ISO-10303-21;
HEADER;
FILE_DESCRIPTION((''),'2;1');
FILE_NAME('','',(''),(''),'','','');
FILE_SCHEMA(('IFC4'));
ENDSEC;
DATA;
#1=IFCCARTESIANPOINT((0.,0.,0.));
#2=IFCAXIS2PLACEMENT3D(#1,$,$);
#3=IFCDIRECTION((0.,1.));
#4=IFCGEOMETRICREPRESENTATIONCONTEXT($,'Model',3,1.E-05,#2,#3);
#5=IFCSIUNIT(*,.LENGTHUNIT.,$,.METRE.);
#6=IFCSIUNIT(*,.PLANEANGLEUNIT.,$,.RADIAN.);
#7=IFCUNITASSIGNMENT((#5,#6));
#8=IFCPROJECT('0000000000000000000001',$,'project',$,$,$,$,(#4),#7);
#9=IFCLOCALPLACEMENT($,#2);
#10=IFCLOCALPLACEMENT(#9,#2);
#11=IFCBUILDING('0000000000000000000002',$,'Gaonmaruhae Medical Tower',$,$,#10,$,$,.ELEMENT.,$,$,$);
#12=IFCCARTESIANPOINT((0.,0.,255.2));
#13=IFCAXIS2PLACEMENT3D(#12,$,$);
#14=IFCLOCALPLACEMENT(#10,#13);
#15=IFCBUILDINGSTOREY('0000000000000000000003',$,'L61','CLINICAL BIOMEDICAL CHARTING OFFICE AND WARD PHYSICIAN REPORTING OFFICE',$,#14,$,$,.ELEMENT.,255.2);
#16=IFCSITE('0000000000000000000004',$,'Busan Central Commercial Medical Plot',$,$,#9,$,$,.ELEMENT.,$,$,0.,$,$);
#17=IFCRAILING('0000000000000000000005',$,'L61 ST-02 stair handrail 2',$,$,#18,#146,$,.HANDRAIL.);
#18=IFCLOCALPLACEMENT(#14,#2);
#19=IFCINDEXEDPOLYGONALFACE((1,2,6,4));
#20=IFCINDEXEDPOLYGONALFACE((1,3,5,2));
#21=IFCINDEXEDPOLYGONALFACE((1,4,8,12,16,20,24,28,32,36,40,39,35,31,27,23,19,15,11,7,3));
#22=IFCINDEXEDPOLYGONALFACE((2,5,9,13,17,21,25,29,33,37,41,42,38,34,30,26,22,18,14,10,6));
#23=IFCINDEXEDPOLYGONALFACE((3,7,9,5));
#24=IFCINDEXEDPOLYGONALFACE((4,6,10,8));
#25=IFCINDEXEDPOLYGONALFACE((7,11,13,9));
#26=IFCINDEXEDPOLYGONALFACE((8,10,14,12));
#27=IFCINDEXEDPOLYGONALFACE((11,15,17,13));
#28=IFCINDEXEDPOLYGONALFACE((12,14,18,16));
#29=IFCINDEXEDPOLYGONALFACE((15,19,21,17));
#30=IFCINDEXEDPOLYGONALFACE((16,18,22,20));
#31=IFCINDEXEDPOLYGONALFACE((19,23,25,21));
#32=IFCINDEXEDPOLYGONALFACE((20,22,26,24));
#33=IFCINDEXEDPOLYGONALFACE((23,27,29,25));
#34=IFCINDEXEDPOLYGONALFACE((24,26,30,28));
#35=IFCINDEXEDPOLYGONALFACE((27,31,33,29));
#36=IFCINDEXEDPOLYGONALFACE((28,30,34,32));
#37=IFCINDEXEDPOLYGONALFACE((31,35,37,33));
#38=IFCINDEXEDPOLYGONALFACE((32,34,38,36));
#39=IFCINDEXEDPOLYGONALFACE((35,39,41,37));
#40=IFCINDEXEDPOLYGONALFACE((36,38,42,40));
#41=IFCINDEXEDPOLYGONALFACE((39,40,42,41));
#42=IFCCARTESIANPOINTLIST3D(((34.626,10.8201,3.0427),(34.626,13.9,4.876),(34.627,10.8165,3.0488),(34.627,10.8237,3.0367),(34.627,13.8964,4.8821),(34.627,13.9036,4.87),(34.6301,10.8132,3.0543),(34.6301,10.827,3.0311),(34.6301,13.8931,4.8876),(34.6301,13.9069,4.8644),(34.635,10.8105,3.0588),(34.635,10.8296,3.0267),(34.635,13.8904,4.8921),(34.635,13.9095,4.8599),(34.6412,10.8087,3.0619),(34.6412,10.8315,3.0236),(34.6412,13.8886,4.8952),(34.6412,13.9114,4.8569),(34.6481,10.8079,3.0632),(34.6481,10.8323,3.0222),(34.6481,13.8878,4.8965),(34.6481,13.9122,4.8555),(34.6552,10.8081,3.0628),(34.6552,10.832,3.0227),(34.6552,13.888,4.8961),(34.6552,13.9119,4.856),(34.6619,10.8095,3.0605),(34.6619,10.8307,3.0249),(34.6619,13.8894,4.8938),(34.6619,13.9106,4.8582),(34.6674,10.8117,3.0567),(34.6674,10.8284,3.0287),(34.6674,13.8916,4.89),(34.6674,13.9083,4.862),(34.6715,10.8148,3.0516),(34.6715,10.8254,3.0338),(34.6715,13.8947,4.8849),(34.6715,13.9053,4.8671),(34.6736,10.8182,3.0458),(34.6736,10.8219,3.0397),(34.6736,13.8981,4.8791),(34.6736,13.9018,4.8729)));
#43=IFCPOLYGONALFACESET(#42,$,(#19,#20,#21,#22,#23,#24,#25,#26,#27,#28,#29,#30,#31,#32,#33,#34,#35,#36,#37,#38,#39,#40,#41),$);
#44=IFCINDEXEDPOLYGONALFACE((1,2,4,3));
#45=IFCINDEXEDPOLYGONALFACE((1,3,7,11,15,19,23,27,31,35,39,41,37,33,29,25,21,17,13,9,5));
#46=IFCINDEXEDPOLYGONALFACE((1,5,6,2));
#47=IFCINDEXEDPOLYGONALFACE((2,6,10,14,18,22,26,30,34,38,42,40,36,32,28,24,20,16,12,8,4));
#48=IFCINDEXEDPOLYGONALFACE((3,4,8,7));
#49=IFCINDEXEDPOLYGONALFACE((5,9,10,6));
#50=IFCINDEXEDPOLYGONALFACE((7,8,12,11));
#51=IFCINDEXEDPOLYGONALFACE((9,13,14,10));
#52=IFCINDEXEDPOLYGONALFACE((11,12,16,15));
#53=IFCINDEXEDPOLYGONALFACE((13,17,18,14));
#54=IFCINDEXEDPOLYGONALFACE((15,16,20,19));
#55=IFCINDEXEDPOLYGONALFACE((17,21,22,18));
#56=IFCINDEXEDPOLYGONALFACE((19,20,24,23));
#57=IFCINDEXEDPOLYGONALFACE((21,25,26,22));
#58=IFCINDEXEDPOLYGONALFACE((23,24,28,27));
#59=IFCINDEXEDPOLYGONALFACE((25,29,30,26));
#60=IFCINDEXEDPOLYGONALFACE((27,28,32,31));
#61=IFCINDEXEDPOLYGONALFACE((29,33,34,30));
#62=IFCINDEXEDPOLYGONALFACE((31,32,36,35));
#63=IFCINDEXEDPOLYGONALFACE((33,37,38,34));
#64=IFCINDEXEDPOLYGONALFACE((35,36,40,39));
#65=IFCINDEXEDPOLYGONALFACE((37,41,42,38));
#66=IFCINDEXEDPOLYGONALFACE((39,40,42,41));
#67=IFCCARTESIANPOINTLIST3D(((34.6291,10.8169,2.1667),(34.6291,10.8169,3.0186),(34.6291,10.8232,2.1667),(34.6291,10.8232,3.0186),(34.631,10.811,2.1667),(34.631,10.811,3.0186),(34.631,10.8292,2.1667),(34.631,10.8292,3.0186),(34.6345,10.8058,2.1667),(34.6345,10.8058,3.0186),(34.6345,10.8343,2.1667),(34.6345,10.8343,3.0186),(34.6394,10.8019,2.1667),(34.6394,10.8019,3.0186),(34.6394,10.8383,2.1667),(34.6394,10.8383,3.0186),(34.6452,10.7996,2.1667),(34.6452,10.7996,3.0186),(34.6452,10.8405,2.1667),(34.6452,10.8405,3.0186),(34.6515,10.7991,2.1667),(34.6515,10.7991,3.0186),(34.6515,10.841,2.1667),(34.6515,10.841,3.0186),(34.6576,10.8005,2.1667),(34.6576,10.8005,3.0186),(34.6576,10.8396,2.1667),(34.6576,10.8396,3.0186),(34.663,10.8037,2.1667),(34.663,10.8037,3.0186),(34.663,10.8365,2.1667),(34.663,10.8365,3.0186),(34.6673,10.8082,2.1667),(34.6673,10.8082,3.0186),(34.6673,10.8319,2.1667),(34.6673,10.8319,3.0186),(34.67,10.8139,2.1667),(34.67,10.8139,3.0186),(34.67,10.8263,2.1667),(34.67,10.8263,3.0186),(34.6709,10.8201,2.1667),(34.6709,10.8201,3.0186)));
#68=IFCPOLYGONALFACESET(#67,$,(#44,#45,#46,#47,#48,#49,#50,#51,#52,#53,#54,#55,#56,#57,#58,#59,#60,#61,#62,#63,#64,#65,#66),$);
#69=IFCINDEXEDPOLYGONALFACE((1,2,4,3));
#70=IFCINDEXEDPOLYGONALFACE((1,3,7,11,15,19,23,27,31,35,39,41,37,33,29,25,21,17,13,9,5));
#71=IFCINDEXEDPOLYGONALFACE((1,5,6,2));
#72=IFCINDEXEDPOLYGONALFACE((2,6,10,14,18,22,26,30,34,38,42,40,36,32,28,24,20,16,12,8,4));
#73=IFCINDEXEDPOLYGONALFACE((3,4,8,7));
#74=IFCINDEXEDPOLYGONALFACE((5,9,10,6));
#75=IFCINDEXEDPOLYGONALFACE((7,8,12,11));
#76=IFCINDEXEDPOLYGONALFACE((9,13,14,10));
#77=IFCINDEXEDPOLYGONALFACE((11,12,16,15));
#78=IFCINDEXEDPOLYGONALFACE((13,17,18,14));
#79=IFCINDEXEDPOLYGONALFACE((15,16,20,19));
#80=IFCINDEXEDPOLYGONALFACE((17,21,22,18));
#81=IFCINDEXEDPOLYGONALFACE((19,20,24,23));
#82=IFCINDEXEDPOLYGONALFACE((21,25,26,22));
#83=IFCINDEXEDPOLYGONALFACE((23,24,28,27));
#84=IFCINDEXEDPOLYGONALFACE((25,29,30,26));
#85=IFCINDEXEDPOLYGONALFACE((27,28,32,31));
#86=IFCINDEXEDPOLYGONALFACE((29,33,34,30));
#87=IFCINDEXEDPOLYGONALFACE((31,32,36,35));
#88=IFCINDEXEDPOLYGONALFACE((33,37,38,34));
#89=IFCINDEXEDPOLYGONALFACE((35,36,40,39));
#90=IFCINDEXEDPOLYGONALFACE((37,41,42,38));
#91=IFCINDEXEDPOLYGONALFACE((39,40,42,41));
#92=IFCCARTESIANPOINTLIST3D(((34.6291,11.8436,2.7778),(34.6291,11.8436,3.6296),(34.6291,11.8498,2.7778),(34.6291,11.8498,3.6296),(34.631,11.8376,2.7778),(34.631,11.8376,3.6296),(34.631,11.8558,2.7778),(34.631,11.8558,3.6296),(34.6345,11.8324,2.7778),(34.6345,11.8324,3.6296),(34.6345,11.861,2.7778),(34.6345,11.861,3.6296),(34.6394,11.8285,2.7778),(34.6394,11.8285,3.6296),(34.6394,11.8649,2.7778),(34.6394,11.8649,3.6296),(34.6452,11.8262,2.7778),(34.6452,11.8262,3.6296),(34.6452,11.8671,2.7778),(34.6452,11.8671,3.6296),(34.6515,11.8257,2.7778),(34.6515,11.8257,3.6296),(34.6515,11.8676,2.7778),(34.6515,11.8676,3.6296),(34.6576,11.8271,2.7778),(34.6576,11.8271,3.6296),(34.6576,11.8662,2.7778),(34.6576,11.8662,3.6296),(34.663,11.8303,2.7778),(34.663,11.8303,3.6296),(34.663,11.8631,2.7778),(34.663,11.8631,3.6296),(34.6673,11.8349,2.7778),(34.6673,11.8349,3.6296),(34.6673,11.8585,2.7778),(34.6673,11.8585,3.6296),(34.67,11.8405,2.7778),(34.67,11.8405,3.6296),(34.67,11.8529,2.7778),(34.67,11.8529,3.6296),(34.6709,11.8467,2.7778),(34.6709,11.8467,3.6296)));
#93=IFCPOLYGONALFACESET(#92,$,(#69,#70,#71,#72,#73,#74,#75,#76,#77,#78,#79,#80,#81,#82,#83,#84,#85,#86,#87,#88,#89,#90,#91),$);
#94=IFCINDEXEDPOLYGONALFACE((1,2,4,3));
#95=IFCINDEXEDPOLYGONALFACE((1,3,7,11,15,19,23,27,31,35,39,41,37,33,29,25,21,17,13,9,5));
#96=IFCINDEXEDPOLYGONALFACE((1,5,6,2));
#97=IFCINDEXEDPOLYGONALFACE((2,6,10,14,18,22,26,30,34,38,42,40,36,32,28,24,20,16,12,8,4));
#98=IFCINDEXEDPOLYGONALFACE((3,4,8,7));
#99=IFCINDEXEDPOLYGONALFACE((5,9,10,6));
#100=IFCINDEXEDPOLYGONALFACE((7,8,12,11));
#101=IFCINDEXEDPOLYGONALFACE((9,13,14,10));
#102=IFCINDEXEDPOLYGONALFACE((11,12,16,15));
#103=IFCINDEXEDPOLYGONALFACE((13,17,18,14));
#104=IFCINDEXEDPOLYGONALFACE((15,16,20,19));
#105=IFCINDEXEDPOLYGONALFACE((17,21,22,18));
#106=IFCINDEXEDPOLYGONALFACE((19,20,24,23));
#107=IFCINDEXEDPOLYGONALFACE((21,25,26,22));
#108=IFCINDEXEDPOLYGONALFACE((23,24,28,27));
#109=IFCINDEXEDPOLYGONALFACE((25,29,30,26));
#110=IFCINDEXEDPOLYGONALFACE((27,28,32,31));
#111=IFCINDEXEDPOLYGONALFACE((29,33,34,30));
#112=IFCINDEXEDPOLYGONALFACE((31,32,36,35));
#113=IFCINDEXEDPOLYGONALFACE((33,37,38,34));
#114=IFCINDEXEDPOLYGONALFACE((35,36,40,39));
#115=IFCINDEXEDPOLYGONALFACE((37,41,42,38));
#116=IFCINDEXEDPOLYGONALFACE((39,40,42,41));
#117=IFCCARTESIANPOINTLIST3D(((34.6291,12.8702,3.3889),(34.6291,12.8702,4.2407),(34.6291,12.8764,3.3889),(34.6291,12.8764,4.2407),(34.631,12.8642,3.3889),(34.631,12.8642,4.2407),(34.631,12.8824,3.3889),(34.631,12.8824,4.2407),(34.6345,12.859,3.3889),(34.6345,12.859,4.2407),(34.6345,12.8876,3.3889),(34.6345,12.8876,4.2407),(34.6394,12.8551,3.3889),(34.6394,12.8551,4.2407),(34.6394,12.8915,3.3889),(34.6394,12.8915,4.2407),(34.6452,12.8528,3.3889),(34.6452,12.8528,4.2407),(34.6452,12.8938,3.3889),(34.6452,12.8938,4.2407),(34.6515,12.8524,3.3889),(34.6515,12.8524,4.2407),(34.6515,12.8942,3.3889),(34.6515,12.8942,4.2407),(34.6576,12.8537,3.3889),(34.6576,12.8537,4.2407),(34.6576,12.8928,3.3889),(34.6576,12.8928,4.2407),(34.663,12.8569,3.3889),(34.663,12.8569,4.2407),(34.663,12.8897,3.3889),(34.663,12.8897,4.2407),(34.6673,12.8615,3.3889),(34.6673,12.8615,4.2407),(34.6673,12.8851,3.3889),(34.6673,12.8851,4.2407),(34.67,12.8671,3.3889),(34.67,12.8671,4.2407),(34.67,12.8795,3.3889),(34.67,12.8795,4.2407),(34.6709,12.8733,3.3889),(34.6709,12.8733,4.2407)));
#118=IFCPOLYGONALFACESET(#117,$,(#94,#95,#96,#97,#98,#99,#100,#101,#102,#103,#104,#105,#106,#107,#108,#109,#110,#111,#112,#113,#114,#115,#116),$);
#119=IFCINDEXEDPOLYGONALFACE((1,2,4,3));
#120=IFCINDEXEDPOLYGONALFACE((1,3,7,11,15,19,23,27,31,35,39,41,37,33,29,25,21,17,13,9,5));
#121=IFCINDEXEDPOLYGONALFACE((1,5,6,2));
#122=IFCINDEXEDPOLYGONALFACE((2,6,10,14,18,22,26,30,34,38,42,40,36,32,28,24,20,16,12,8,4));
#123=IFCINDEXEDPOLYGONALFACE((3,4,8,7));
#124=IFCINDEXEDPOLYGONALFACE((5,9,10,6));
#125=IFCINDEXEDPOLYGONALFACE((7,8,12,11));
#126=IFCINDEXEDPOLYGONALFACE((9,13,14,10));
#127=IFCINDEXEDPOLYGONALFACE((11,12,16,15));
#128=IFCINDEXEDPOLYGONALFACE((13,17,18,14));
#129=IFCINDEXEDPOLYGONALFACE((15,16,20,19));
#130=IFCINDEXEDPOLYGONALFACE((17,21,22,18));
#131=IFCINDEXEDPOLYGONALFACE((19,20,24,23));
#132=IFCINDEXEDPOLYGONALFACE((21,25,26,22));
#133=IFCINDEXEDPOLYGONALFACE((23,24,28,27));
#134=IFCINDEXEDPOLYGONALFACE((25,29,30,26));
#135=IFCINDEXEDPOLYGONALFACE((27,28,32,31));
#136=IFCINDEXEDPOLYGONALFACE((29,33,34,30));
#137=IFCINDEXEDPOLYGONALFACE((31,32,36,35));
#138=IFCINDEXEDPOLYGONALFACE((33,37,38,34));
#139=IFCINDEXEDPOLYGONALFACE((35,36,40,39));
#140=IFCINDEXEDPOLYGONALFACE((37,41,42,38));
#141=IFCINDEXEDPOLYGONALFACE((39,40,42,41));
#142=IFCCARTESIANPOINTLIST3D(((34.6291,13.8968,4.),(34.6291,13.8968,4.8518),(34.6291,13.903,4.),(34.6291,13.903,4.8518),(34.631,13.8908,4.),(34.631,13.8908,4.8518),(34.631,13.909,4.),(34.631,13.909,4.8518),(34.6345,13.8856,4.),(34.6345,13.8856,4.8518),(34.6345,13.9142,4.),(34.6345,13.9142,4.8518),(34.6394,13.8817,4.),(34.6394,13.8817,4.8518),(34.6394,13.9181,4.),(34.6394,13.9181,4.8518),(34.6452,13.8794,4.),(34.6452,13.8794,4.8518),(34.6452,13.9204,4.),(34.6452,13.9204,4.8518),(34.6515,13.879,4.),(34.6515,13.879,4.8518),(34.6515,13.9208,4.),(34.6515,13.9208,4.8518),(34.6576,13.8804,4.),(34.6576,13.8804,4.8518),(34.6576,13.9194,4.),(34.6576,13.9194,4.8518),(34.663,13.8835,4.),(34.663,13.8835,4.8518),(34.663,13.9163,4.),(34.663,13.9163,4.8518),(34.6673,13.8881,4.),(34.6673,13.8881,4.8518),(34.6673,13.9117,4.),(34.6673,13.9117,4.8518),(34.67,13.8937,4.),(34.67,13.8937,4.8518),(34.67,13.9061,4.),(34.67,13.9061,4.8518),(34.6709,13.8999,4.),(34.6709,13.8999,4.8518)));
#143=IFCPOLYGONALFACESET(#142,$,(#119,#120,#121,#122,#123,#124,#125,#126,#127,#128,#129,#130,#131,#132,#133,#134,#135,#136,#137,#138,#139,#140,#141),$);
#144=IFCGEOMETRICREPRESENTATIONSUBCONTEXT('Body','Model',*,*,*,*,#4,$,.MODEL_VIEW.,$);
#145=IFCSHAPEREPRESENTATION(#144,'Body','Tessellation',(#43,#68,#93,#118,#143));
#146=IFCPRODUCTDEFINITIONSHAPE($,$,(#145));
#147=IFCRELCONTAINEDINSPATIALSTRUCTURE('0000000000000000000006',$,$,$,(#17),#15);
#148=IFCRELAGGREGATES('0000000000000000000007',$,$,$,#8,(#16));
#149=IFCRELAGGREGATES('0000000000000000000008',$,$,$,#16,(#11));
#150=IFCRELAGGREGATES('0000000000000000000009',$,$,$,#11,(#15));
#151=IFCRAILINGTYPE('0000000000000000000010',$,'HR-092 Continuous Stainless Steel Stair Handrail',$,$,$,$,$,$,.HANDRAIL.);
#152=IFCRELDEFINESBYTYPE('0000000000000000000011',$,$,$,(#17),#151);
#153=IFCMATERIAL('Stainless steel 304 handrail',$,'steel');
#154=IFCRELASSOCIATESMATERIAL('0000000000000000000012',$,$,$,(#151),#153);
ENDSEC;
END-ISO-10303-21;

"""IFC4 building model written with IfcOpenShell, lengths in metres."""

from ifc_helpers import new_model, si_unit, direction, frame, origin, origin_2d, place, context, subcontext, project, spatial, circle, extrude, material, type_object, element, save


model = new_model("IFC4")

# Units and contexts
model_context = context("Model", 3, precision=1e-05, world=origin(), true_north=direction((0.0, 1.0)))
body_context = subcontext(model_context, "Body", "Model", "MODEL_VIEW")
ifc_project = project(units=[si_unit("LENGTHUNIT", "METRE"), si_unit("PLANEANGLEUNIT", "RADIAN")], contexts=[model_context])

# Site, building, storey
site_placement = place(None, origin())
site = spatial("IfcSite", under=ifc_project, at=site_placement, Name="Busan Central Commercial Medical Plot", CompositionType="ELEMENT", RefElevation=0.0)
building_placement = place(site_placement, origin())
building = spatial("IfcBuilding", under=site, at=building_placement, Name="Gaonmaruhae Medical Tower", CompositionType="ELEMENT")
storey_placement = place(building_placement, frame((0.0, 0.0, 255.2)))
storey = spatial("IfcBuildingStorey", under=building, at=storey_placement, Name="L61", Description="CLINICAL BIOMEDICAL CHARTING OFFICE AND WARD PHYSICIAN REPORTING OFFICE", CompositionType="ELEMENT", Elevation=255.2)

# Railing
ifc_material_1 = material(Name="Stainless steel 304 handrail", Category="steel")
railing_type_1 = type_object("IfcRailingType", Name="HR-092 Continuous Stainless Steel Stair Handrail", PredefinedType="HANDRAIL", material=ifc_material_1)
railing_1_placement = place(storey_placement, frame((34.6499, 10.8201, 2.1667)))
element("IfcRailing", 1, at=railing_1_placement, inside=storey, type_object=railing_type_1, Name="L61 ST-02 stair handrail 2", PredefinedType="HANDRAIL", context=body_context, shape_type="SweptSolid", body=[
    extrude(circle(Radius=0.0239, at=origin_2d()), frame((0.0, 0.0, 0.876), z_axis=(0.0, 0.859291, 0.511487), x_axis=(-1.0, 0.0, 0.0)), (0.0, 0.0, 1.0), 3.5842),
    extrude(circle(Radius=0.021, at=origin_2d()), origin(), (0.0, 0.0, 1.0), 0.8518),
    extrude(circle(Radius=0.021, at=origin_2d()), frame((0.0, 1.0266, 0.6111)), (0.0, 0.0, 1.0), 0.8518),
    extrude(circle(Radius=0.021, at=origin_2d()), frame((0.0, 2.0532, 1.2222)), (0.0, 0.0, 1.0), 0.8518),
    extrude(circle(Radius=0.021, at=origin_2d()), frame((0.0, 3.0798, 1.8333)), (0.0, 0.0, 1.0), 0.8518),
])

save(model, "model.ifc")
